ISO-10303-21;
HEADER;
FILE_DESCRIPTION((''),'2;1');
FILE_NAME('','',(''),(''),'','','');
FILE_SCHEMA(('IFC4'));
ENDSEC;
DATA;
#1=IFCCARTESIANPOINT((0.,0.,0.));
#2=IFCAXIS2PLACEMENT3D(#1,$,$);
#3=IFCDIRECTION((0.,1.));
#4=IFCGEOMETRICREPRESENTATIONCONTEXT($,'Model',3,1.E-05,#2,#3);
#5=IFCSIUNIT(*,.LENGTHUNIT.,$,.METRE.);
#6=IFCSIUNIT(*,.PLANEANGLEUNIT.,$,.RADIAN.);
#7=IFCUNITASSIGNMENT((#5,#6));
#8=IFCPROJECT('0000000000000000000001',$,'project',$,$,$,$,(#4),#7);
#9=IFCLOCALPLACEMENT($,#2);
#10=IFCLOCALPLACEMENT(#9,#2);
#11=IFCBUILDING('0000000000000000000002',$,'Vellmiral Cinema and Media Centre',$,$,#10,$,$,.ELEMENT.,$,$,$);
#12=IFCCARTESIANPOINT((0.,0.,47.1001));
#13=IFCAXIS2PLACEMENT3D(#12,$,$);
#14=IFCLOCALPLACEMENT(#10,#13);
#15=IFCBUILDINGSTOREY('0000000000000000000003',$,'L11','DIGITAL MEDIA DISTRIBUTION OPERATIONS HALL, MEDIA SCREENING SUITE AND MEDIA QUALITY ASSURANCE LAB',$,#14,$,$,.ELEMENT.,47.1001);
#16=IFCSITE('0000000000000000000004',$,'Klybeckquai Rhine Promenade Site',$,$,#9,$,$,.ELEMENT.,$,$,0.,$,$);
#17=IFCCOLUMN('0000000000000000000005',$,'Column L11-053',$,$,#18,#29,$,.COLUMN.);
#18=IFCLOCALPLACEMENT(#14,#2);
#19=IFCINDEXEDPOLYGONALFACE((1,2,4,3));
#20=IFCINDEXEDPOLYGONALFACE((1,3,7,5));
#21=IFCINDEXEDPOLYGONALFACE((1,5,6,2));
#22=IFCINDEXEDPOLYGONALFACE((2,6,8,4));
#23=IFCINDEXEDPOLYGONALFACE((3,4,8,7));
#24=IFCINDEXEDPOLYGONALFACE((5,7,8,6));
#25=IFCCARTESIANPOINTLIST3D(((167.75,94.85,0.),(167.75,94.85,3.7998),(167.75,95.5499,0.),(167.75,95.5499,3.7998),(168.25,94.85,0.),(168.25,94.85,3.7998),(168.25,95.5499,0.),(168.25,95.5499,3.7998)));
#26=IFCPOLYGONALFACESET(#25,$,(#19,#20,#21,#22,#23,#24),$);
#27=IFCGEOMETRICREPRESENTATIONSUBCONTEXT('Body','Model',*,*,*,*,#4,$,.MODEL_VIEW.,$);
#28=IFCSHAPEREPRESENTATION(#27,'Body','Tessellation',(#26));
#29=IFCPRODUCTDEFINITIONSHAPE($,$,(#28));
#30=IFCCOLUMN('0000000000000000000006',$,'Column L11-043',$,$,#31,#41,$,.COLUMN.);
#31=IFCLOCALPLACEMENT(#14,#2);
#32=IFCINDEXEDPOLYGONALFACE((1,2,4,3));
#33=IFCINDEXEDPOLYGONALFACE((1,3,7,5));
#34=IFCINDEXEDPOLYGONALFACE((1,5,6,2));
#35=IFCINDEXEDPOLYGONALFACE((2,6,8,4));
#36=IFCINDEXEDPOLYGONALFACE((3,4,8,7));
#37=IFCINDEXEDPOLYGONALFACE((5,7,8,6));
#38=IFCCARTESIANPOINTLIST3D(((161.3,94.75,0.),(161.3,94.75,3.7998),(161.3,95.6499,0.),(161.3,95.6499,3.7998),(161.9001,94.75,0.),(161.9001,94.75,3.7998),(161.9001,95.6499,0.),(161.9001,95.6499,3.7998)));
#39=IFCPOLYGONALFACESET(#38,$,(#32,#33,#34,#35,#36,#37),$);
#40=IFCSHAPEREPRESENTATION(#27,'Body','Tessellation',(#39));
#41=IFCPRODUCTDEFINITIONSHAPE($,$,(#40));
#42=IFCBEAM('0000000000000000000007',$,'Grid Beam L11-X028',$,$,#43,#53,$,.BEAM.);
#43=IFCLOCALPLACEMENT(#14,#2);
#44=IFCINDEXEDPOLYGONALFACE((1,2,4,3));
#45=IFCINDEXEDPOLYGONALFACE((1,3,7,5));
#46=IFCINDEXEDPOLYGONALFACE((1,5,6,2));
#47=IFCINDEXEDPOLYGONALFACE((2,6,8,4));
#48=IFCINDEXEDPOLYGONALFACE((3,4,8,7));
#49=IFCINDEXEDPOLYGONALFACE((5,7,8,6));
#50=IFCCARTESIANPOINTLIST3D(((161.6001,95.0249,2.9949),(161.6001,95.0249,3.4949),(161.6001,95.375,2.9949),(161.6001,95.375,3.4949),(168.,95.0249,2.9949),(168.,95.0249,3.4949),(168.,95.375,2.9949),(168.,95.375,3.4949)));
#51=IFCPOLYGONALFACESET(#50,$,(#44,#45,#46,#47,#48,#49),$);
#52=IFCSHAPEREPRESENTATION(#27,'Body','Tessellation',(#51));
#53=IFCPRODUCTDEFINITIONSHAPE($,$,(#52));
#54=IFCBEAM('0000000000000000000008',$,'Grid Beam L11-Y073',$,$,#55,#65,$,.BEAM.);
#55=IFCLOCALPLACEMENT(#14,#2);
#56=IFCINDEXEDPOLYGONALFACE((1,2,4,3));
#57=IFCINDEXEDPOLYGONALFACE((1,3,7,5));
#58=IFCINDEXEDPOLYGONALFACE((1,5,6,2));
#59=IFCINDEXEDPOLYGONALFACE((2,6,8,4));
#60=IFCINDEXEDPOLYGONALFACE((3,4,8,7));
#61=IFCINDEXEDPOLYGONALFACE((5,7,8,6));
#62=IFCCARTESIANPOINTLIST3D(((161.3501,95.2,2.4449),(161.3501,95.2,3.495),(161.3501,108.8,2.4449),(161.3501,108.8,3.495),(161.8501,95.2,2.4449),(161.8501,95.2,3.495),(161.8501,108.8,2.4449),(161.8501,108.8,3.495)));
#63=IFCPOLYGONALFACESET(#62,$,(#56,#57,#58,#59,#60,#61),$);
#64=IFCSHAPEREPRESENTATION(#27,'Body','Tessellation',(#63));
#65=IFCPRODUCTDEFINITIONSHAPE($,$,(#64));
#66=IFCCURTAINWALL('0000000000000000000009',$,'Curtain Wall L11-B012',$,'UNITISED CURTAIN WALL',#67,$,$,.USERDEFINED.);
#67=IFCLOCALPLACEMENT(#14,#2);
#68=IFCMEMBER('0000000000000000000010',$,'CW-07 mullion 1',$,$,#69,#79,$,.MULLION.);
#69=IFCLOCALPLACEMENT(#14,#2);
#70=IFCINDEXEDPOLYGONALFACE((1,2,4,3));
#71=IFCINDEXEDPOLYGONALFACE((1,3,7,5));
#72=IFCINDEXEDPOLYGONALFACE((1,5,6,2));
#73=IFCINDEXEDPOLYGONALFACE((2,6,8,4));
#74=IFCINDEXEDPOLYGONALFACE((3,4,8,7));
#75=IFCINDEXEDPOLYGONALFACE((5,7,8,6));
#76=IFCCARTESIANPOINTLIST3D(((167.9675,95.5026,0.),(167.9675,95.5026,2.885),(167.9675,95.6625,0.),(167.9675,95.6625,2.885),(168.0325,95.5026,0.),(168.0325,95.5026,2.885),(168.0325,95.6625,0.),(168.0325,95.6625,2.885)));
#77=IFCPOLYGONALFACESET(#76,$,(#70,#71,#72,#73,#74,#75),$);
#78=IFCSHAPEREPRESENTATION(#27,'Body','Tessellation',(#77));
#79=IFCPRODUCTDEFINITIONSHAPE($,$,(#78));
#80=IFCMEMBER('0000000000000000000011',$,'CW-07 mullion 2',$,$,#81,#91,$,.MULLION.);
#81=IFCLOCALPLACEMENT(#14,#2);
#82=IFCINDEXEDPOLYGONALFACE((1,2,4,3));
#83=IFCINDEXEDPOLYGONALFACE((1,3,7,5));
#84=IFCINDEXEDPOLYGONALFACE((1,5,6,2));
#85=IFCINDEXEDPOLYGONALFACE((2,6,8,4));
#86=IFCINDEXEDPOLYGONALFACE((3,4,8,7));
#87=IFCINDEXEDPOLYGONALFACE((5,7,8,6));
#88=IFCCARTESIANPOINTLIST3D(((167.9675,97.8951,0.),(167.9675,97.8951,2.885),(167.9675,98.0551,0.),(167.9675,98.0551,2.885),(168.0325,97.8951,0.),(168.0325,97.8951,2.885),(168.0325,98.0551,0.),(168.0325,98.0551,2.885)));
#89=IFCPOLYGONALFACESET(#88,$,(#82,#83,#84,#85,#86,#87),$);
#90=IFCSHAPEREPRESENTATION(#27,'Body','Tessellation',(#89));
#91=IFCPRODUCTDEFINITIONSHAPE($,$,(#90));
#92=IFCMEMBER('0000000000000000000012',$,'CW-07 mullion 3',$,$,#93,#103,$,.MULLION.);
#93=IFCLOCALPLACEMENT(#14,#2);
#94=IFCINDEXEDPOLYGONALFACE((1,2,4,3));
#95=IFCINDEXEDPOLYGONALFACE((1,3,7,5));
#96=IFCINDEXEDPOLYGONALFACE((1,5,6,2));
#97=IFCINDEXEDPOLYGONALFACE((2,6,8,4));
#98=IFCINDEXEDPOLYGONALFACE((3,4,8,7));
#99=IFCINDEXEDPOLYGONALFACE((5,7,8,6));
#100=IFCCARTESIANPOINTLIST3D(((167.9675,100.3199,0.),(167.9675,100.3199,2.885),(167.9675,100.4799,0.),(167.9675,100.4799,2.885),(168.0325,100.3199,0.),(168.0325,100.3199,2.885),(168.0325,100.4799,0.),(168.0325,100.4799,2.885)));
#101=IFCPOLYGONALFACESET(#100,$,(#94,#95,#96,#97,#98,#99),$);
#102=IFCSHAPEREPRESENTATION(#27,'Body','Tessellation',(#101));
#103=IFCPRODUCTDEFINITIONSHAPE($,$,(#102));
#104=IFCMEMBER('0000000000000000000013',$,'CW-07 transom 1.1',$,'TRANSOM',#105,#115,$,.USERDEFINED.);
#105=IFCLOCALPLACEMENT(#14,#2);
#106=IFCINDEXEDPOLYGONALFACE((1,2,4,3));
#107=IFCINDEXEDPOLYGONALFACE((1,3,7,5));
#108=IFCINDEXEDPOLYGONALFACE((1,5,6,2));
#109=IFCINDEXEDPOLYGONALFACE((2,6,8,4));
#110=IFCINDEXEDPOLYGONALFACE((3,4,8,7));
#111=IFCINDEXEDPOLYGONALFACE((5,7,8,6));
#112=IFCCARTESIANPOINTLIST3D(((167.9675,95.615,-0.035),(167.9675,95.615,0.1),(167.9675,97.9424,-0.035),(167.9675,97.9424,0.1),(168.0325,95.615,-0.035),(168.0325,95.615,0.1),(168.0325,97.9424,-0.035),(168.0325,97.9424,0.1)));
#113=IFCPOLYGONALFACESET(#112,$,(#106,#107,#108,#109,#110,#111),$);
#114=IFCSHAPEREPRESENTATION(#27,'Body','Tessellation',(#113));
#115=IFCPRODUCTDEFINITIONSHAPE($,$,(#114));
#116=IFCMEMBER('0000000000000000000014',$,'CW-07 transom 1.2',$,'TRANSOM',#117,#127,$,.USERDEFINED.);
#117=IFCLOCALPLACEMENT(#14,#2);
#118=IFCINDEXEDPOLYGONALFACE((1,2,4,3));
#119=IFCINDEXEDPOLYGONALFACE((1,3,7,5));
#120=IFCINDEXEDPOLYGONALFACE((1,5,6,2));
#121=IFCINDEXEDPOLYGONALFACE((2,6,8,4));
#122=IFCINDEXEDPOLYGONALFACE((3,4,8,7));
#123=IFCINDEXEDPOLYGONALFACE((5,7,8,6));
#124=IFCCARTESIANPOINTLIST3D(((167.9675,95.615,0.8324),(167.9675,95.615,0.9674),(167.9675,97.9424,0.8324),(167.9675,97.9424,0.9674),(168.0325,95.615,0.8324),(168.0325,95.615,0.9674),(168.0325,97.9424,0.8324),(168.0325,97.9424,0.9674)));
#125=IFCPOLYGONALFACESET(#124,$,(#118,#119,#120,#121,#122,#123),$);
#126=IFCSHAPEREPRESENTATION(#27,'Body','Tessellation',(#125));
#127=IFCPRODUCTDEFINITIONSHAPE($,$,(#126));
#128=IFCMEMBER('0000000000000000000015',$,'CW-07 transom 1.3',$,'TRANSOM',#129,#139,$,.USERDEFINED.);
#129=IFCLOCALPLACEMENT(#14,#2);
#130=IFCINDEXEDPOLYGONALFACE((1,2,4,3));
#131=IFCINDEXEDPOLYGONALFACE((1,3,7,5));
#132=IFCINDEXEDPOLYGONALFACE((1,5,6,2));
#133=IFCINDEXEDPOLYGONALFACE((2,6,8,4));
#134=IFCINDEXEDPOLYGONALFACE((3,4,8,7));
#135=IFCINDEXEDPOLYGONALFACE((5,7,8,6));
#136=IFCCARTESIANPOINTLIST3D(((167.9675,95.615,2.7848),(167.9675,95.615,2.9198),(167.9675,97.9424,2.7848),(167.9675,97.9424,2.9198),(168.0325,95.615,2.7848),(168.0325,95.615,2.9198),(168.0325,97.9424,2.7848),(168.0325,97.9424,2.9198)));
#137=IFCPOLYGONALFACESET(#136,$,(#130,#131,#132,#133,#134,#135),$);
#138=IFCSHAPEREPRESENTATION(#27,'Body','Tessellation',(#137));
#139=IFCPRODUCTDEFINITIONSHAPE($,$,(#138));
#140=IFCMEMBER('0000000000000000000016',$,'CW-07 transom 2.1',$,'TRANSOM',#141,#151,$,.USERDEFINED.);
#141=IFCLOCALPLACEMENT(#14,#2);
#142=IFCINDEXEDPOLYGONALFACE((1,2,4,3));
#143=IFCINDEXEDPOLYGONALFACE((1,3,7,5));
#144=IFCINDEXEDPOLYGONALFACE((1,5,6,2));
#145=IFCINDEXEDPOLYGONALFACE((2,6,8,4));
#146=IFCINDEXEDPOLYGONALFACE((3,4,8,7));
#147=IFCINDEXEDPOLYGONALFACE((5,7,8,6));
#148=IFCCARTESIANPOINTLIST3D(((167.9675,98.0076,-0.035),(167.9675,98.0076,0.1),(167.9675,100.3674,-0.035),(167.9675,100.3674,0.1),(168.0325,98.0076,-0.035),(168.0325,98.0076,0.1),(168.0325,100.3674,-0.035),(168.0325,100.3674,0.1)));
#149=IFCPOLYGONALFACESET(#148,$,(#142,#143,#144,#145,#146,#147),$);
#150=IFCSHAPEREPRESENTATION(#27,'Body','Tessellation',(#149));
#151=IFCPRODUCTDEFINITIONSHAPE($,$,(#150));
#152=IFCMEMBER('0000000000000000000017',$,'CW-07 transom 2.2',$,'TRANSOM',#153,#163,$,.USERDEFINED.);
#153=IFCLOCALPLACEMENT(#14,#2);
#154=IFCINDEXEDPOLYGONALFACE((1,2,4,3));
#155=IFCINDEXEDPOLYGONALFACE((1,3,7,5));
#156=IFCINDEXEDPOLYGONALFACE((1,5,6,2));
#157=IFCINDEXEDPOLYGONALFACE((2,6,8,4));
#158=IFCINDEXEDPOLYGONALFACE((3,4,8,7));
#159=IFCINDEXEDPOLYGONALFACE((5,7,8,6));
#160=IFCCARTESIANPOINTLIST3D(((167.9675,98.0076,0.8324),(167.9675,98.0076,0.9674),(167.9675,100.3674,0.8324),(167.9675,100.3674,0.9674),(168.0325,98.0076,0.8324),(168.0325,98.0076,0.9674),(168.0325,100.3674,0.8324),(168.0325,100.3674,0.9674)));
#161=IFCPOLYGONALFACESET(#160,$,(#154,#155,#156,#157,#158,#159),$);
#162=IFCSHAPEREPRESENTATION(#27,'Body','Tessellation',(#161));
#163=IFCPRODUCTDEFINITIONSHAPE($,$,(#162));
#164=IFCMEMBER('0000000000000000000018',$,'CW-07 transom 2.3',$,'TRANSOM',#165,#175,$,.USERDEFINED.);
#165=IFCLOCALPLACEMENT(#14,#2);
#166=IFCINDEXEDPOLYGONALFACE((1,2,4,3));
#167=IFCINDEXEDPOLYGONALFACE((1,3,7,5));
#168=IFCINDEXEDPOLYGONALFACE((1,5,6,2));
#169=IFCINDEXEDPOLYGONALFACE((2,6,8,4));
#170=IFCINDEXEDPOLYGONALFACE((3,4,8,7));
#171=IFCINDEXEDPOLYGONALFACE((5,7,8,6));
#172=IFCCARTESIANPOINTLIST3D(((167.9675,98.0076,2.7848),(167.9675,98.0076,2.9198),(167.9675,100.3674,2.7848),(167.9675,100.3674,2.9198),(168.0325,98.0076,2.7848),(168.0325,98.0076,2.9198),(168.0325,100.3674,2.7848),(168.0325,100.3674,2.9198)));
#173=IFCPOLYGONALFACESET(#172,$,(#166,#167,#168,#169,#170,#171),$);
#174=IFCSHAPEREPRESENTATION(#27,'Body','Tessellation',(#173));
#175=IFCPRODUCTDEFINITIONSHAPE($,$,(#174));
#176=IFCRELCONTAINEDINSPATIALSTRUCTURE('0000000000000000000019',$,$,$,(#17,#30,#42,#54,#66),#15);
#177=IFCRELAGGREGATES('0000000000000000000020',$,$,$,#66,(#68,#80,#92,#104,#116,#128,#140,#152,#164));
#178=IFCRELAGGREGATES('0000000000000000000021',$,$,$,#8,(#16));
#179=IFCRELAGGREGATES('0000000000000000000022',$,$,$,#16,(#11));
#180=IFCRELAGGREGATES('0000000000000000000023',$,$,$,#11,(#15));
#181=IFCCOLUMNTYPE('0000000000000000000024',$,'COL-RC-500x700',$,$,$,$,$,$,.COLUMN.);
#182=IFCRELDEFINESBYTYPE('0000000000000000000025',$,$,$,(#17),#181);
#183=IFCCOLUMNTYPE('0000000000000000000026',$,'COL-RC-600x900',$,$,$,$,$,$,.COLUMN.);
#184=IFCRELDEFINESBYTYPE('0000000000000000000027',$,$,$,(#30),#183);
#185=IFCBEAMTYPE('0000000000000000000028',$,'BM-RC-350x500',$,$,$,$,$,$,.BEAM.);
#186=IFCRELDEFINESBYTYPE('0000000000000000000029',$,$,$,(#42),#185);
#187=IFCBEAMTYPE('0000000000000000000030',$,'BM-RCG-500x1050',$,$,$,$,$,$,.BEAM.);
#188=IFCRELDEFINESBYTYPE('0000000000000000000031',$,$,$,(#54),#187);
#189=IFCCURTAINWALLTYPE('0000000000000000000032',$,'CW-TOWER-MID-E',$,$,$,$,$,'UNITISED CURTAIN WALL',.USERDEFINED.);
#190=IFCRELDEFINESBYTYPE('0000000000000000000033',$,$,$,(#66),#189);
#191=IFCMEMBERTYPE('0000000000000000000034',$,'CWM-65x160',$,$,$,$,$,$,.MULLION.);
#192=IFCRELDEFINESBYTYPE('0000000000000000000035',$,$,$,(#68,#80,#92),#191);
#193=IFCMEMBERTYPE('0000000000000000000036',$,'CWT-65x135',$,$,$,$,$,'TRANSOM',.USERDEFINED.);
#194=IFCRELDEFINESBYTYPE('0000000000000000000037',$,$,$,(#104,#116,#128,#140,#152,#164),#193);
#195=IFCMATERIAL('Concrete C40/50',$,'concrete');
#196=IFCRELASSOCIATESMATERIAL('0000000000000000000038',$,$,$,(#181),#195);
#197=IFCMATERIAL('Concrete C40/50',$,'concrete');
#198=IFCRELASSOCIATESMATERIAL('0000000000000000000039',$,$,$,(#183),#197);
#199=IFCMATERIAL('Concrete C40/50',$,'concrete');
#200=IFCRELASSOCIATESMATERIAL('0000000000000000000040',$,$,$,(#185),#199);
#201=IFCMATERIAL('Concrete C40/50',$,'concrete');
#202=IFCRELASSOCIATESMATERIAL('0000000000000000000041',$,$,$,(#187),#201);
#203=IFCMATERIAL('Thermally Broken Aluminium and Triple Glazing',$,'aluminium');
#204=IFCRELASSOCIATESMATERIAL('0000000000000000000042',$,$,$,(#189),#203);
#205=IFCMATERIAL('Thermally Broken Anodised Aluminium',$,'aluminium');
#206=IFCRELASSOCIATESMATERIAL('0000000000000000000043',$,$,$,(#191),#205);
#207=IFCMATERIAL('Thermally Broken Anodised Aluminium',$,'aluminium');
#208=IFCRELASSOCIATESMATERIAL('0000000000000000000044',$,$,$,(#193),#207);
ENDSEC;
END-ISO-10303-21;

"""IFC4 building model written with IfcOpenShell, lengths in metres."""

from ifc_helpers import new_model, si_unit, direction, frame, origin, origin_2d, place, context, subcontext, project, spatial, rectangle, extrude, material, material_profile, profile_set, type_object, element, aggregate, save


model = new_model("IFC4")

# Units and contexts
model_context = context("Model", 3, precision=1e-05, world=origin(), true_north=direction((0.0, 1.0)))
body_context = subcontext(model_context, "Body", "Model", "MODEL_VIEW")
ifc_project = project(units=[si_unit("LENGTHUNIT", "METRE"), si_unit("PLANEANGLEUNIT", "RADIAN")], contexts=[model_context])

# Site, building, storey
site_placement = place(None, origin())
site = spatial("IfcSite", under=ifc_project, at=site_placement, Name="Klybeckquai Rhine Promenade Site", CompositionType="ELEMENT", RefElevation=0.0)
building_placement = place(site_placement, origin())
building = spatial("IfcBuilding", under=site, at=building_placement, Name="Vellmiral Cinema and Media Centre", CompositionType="ELEMENT")
storey_placement = place(building_placement, frame((0.0, 0.0, 47.1001)))
storey = spatial("IfcBuildingStorey", under=building, at=storey_placement, Name="L11", Description="DIGITAL MEDIA DISTRIBUTION OPERATIONS HALL, MEDIA SCREENING SUITE AND MEDIA QUALITY ASSURANCE LAB", CompositionType="ELEMENT", Elevation=47.1001)

# Columns
ifc_material_1 = material(Name="Concrete C40/50", Category="concrete")
ifc_material_profile_1 = material_profile(ifc_material_1, rectangle(XDim=0.5, YDim=0.7, at=origin_2d()), Name="RC 500x700")
ifc_profile_set_1 = profile_set([ifc_material_profile_1], Name="Concrete C40/50")
column_type_1 = type_object("IfcColumnType", Name="COL-RC-500x700", PredefinedType="COLUMN", material=ifc_profile_set_1)
column_1_placement = place(storey_placement, frame((168.0, 95.2, 0.0), z_axis=(0.0, 0.0, 1.0), x_axis=(1.0, 0.0, 0.0)))
element("IfcColumn", 1, at=column_1_placement, inside=storey, type_object=column_type_1, Name="Column L11-053", PredefinedType="COLUMN", context=body_context, shape_type="SweptSolid", body=[
    extrude(rectangle(XDim=0.5, YDim=0.7, at=origin_2d()), origin(), (0.0, 0.0, 1.0), 3.7998),
])
ifc_material_2 = material(Name="Concrete C40/50", Category="concrete")
ifc_material_profile_2 = material_profile(ifc_material_2, rectangle(XDim=0.6001, YDim=0.8999, at=origin_2d()), Name="RC 600x900")
ifc_profile_set_2 = profile_set([ifc_material_profile_2], Name="Concrete C40/50")
column_type_2 = type_object("IfcColumnType", Name="COL-RC-600x900", PredefinedType="COLUMN", material=ifc_profile_set_2)
column_2_placement = place(storey_placement, frame((161.6001, 95.2, 0.0), z_axis=(0.0, 0.0, 1.0), x_axis=(1.0, 0.0, 0.0)))
element("IfcColumn", 2, at=column_2_placement, inside=storey, type_object=column_type_2, Name="Column L11-043", PredefinedType="COLUMN", context=body_context, shape_type="SweptSolid", body=[
    extrude(rectangle(XDim=0.6001, YDim=0.8999, at=origin_2d()), origin(), (0.0, 0.0, 1.0), 3.7998),
])

# Beams
ifc_material_3 = material(Name="Concrete C40/50", Category="concrete")
ifc_material_profile_3 = material_profile(ifc_material_3, rectangle(XDim=0.3501, YDim=0.5, at=origin_2d()), Name="RC 350x500")
ifc_profile_set_3 = profile_set([ifc_material_profile_3], Name="Concrete C40/50")
beam_type_1 = type_object("IfcBeamType", Name="BM-RC-350x500", PredefinedType="BEAM", material=ifc_profile_set_3)
beam_1_placement = place(storey_placement, frame((161.6001, 95.2, 3.2449), z_axis=(1.0, 0.0, 0.0), x_axis=(0.0, 1.0, 0.0)))
element("IfcBeam", 3, at=beam_1_placement, inside=storey, type_object=beam_type_1, Name="Grid Beam L11-X028", PredefinedType="BEAM", context=body_context, shape_type="SweptSolid", body=[
    extrude(rectangle(XDim=0.3501, YDim=0.5, at=origin_2d()), origin(), (0.0, 0.0, 1.0), 6.3999),
])
ifc_material_4 = material(Name="Concrete C40/50", Category="concrete")
ifc_material_profile_4 = material_profile(ifc_material_4, rectangle(XDim=0.5, YDim=1.05, at=origin_2d()), Name="RC 500x1050")
ifc_profile_set_4 = profile_set([ifc_material_profile_4], Name="Concrete C40/50")
beam_type_2 = type_object("IfcBeamType", Name="BM-RCG-500x1050", PredefinedType="BEAM", material=ifc_profile_set_4)
beam_2_placement = place(storey_placement, frame((161.6001, 95.2, 2.97), z_axis=(0.0, 1.0, 0.0), x_axis=(-1.0, 0.0, 0.0)))
element("IfcBeam", 4, at=beam_2_placement, inside=storey, type_object=beam_type_2, Name="Grid Beam L11-Y073", PredefinedType="BEAM", context=body_context, shape_type="SweptSolid", body=[
    extrude(rectangle(XDim=0.5, YDim=1.05, at=origin_2d()), origin(), (0.0, 0.0, 1.0), 13.6001),
])

# Curtain wall, members
ifc_material_5 = material(Name="Thermally Broken Aluminium and Triple Glazing", Category="aluminium")
curtain_wall_type = type_object("IfcCurtainWallType", Name="CW-TOWER-MID-E", ElementType="UNITISED CURTAIN WALL", PredefinedType="USERDEFINED", material=ifc_material_5)
curtain_wall_placement = place(storey_placement, origin())
curtain_wall = element("IfcCurtainWall", 5, at=curtain_wall_placement, inside=storey, type_object=curtain_wall_type, Name="Curtain Wall L11-B012", ObjectType="UNITISED CURTAIN WALL", PredefinedType="USERDEFINED")
ifc_material_6 = material(Name="Thermally Broken Anodised Aluminium", Category="aluminium")
ifc_material_profile_5 = material_profile(ifc_material_6, rectangle(XDim=0.0649, YDim=0.1599, at=origin_2d()), Name="MULL 65x160")
ifc_profile_set_5 = profile_set([ifc_material_profile_5], Name="Thermally Broken Anodised Aluminium")
member_type_1 = type_object("IfcMemberType", Name="CWM-65x160", PredefinedType="MULLION", material=ifc_profile_set_5)
member_1_placement = place(storey_placement, frame((168.0, 95.5825, 0.0), z_axis=(0.0, 0.0, 1.0), x_axis=(-1.0, 0.0, 0.0)))
member_1 = element("IfcMember", 6, at=member_1_placement, type_object=member_type_1, Name="CW-07 mullion 1", PredefinedType="MULLION", context=body_context, shape_type="SweptSolid", body=[
    extrude(rectangle(XDim=0.0649, YDim=0.1599, at=origin_2d()), origin(), (0.0, 0.0, 1.0), 2.885),
])
member_2_placement = place(storey_placement, frame((168.0, 97.9751, 0.0), z_axis=(0.0, 0.0, 1.0), x_axis=(-1.0, 0.0, 0.0)))
member_2 = element("IfcMember", 7, at=member_2_placement, type_object=member_type_1, Name="CW-07 mullion 2", PredefinedType="MULLION", context=body_context, shape_type="SweptSolid", body=[
    extrude(rectangle(XDim=0.0649, YDim=0.1599, at=origin_2d()), origin(), (0.0, 0.0, 1.0), 2.885),
])
member_3_placement = place(storey_placement, frame((168.0, 100.3999, 0.0), z_axis=(0.0, 0.0, 1.0), x_axis=(-1.0, 0.0, 0.0)))
member_3 = element("IfcMember", 8, at=member_3_placement, type_object=member_type_1, Name="CW-07 mullion 3", PredefinedType="MULLION", context=body_context, shape_type="SweptSolid", body=[
    extrude(rectangle(XDim=0.0649, YDim=0.1599, at=origin_2d()), origin(), (0.0, 0.0, 1.0), 2.885),
])
ifc_material_7 = material(Name="Thermally Broken Anodised Aluminium", Category="aluminium")
ifc_material_profile_6 = material_profile(ifc_material_7, rectangle(XDim=0.0649, YDim=0.135, at=origin_2d()), Name="MULL 65x135")
ifc_profile_set_6 = profile_set([ifc_material_profile_6], Name="Thermally Broken Anodised Aluminium")
member_type_2 = type_object("IfcMemberType", Name="CWT-65x135", ElementType="TRANSOM", PredefinedType="USERDEFINED", material=ifc_profile_set_6)
member_4_placement = place(storey_placement, frame((168.0, 95.615, 0.0325), z_axis=(0.0, 1.0, 0.0), x_axis=(-1.0, 0.0, 0.0)))
member_4 = element("IfcMember", 9, at=member_4_placement, type_object=member_type_2, Name="CW-07 transom 1.1", ObjectType="TRANSOM", PredefinedType="USERDEFINED", context=body_context, shape_type="SweptSolid", body=[
    extrude(rectangle(XDim=0.0649, YDim=0.135, at=origin_2d()), origin(), (0.0, 0.0, 1.0), 2.3274),
])
member_5_placement = place(storey_placement, frame((168.0, 95.615, 0.8999), z_axis=(0.0, 1.0, 0.0), x_axis=(-1.0, 0.0, 0.0)))
member_5 = element("IfcMember", 10, at=member_5_placement, type_object=member_type_2, Name="CW-07 transom 1.2", ObjectType="TRANSOM", PredefinedType="USERDEFINED", context=body_context, shape_type="SweptSolid", body=[
    extrude(rectangle(XDim=0.0649, YDim=0.135, at=origin_2d()), origin(), (0.0, 0.0, 1.0), 2.3274),
])
member_6_placement = place(storey_placement, frame((168.0, 95.615, 2.8523), z_axis=(0.0, 1.0, 0.0), x_axis=(-1.0, 0.0, 0.0)))
member_6 = element("IfcMember", 11, at=member_6_placement, type_object=member_type_2, Name="CW-07 transom 1.3", ObjectType="TRANSOM", PredefinedType="USERDEFINED", context=body_context, shape_type="SweptSolid", body=[
    extrude(rectangle(XDim=0.0649, YDim=0.135, at=origin_2d()), origin(), (0.0, 0.0, 1.0), 2.3274),
])
member_7_placement = place(storey_placement, frame((168.0, 98.0076, 0.0325), z_axis=(0.0, 1.0, 0.0), x_axis=(-1.0, 0.0, 0.0)))
member_7 = element("IfcMember", 12, at=member_7_placement, type_object=member_type_2, Name="CW-07 transom 2.1", ObjectType="TRANSOM", PredefinedType="USERDEFINED", context=body_context, shape_type="SweptSolid", body=[
    extrude(rectangle(XDim=0.0649, YDim=0.135, at=origin_2d()), origin(), (0.0, 0.0, 1.0), 2.3599),
])
member_8_placement = place(storey_placement, frame((168.0, 98.0076, 0.8999), z_axis=(0.0, 1.0, 0.0), x_axis=(-1.0, 0.0, 0.0)))
member_8 = element("IfcMember", 13, at=member_8_placement, type_object=member_type_2, Name="CW-07 transom 2.2", ObjectType="TRANSOM", PredefinedType="USERDEFINED", context=body_context, shape_type="SweptSolid", body=[
    extrude(rectangle(XDim=0.0649, YDim=0.135, at=origin_2d()), origin(), (0.0, 0.0, 1.0), 2.3599),
])
member_9_placement = place(storey_placement, frame((168.0, 98.0076, 2.8523), z_axis=(0.0, 1.0, 0.0), x_axis=(-1.0, 0.0, 0.0)))
member_9 = element("IfcMember", 14, at=member_9_placement, type_object=member_type_2, Name="CW-07 transom 2.3", ObjectType="TRANSOM", PredefinedType="USERDEFINED", context=body_context, shape_type="SweptSolid", body=[
    extrude(rectangle(XDim=0.0649, YDim=0.135, at=origin_2d()), origin(), (0.0, 0.0, 1.0), 2.3599),
])

aggregate(curtain_wall, [member_1, member_2, member_3, member_4, member_5, member_6, member_7, member_8, member_9])

save(model, "model.ifc")
